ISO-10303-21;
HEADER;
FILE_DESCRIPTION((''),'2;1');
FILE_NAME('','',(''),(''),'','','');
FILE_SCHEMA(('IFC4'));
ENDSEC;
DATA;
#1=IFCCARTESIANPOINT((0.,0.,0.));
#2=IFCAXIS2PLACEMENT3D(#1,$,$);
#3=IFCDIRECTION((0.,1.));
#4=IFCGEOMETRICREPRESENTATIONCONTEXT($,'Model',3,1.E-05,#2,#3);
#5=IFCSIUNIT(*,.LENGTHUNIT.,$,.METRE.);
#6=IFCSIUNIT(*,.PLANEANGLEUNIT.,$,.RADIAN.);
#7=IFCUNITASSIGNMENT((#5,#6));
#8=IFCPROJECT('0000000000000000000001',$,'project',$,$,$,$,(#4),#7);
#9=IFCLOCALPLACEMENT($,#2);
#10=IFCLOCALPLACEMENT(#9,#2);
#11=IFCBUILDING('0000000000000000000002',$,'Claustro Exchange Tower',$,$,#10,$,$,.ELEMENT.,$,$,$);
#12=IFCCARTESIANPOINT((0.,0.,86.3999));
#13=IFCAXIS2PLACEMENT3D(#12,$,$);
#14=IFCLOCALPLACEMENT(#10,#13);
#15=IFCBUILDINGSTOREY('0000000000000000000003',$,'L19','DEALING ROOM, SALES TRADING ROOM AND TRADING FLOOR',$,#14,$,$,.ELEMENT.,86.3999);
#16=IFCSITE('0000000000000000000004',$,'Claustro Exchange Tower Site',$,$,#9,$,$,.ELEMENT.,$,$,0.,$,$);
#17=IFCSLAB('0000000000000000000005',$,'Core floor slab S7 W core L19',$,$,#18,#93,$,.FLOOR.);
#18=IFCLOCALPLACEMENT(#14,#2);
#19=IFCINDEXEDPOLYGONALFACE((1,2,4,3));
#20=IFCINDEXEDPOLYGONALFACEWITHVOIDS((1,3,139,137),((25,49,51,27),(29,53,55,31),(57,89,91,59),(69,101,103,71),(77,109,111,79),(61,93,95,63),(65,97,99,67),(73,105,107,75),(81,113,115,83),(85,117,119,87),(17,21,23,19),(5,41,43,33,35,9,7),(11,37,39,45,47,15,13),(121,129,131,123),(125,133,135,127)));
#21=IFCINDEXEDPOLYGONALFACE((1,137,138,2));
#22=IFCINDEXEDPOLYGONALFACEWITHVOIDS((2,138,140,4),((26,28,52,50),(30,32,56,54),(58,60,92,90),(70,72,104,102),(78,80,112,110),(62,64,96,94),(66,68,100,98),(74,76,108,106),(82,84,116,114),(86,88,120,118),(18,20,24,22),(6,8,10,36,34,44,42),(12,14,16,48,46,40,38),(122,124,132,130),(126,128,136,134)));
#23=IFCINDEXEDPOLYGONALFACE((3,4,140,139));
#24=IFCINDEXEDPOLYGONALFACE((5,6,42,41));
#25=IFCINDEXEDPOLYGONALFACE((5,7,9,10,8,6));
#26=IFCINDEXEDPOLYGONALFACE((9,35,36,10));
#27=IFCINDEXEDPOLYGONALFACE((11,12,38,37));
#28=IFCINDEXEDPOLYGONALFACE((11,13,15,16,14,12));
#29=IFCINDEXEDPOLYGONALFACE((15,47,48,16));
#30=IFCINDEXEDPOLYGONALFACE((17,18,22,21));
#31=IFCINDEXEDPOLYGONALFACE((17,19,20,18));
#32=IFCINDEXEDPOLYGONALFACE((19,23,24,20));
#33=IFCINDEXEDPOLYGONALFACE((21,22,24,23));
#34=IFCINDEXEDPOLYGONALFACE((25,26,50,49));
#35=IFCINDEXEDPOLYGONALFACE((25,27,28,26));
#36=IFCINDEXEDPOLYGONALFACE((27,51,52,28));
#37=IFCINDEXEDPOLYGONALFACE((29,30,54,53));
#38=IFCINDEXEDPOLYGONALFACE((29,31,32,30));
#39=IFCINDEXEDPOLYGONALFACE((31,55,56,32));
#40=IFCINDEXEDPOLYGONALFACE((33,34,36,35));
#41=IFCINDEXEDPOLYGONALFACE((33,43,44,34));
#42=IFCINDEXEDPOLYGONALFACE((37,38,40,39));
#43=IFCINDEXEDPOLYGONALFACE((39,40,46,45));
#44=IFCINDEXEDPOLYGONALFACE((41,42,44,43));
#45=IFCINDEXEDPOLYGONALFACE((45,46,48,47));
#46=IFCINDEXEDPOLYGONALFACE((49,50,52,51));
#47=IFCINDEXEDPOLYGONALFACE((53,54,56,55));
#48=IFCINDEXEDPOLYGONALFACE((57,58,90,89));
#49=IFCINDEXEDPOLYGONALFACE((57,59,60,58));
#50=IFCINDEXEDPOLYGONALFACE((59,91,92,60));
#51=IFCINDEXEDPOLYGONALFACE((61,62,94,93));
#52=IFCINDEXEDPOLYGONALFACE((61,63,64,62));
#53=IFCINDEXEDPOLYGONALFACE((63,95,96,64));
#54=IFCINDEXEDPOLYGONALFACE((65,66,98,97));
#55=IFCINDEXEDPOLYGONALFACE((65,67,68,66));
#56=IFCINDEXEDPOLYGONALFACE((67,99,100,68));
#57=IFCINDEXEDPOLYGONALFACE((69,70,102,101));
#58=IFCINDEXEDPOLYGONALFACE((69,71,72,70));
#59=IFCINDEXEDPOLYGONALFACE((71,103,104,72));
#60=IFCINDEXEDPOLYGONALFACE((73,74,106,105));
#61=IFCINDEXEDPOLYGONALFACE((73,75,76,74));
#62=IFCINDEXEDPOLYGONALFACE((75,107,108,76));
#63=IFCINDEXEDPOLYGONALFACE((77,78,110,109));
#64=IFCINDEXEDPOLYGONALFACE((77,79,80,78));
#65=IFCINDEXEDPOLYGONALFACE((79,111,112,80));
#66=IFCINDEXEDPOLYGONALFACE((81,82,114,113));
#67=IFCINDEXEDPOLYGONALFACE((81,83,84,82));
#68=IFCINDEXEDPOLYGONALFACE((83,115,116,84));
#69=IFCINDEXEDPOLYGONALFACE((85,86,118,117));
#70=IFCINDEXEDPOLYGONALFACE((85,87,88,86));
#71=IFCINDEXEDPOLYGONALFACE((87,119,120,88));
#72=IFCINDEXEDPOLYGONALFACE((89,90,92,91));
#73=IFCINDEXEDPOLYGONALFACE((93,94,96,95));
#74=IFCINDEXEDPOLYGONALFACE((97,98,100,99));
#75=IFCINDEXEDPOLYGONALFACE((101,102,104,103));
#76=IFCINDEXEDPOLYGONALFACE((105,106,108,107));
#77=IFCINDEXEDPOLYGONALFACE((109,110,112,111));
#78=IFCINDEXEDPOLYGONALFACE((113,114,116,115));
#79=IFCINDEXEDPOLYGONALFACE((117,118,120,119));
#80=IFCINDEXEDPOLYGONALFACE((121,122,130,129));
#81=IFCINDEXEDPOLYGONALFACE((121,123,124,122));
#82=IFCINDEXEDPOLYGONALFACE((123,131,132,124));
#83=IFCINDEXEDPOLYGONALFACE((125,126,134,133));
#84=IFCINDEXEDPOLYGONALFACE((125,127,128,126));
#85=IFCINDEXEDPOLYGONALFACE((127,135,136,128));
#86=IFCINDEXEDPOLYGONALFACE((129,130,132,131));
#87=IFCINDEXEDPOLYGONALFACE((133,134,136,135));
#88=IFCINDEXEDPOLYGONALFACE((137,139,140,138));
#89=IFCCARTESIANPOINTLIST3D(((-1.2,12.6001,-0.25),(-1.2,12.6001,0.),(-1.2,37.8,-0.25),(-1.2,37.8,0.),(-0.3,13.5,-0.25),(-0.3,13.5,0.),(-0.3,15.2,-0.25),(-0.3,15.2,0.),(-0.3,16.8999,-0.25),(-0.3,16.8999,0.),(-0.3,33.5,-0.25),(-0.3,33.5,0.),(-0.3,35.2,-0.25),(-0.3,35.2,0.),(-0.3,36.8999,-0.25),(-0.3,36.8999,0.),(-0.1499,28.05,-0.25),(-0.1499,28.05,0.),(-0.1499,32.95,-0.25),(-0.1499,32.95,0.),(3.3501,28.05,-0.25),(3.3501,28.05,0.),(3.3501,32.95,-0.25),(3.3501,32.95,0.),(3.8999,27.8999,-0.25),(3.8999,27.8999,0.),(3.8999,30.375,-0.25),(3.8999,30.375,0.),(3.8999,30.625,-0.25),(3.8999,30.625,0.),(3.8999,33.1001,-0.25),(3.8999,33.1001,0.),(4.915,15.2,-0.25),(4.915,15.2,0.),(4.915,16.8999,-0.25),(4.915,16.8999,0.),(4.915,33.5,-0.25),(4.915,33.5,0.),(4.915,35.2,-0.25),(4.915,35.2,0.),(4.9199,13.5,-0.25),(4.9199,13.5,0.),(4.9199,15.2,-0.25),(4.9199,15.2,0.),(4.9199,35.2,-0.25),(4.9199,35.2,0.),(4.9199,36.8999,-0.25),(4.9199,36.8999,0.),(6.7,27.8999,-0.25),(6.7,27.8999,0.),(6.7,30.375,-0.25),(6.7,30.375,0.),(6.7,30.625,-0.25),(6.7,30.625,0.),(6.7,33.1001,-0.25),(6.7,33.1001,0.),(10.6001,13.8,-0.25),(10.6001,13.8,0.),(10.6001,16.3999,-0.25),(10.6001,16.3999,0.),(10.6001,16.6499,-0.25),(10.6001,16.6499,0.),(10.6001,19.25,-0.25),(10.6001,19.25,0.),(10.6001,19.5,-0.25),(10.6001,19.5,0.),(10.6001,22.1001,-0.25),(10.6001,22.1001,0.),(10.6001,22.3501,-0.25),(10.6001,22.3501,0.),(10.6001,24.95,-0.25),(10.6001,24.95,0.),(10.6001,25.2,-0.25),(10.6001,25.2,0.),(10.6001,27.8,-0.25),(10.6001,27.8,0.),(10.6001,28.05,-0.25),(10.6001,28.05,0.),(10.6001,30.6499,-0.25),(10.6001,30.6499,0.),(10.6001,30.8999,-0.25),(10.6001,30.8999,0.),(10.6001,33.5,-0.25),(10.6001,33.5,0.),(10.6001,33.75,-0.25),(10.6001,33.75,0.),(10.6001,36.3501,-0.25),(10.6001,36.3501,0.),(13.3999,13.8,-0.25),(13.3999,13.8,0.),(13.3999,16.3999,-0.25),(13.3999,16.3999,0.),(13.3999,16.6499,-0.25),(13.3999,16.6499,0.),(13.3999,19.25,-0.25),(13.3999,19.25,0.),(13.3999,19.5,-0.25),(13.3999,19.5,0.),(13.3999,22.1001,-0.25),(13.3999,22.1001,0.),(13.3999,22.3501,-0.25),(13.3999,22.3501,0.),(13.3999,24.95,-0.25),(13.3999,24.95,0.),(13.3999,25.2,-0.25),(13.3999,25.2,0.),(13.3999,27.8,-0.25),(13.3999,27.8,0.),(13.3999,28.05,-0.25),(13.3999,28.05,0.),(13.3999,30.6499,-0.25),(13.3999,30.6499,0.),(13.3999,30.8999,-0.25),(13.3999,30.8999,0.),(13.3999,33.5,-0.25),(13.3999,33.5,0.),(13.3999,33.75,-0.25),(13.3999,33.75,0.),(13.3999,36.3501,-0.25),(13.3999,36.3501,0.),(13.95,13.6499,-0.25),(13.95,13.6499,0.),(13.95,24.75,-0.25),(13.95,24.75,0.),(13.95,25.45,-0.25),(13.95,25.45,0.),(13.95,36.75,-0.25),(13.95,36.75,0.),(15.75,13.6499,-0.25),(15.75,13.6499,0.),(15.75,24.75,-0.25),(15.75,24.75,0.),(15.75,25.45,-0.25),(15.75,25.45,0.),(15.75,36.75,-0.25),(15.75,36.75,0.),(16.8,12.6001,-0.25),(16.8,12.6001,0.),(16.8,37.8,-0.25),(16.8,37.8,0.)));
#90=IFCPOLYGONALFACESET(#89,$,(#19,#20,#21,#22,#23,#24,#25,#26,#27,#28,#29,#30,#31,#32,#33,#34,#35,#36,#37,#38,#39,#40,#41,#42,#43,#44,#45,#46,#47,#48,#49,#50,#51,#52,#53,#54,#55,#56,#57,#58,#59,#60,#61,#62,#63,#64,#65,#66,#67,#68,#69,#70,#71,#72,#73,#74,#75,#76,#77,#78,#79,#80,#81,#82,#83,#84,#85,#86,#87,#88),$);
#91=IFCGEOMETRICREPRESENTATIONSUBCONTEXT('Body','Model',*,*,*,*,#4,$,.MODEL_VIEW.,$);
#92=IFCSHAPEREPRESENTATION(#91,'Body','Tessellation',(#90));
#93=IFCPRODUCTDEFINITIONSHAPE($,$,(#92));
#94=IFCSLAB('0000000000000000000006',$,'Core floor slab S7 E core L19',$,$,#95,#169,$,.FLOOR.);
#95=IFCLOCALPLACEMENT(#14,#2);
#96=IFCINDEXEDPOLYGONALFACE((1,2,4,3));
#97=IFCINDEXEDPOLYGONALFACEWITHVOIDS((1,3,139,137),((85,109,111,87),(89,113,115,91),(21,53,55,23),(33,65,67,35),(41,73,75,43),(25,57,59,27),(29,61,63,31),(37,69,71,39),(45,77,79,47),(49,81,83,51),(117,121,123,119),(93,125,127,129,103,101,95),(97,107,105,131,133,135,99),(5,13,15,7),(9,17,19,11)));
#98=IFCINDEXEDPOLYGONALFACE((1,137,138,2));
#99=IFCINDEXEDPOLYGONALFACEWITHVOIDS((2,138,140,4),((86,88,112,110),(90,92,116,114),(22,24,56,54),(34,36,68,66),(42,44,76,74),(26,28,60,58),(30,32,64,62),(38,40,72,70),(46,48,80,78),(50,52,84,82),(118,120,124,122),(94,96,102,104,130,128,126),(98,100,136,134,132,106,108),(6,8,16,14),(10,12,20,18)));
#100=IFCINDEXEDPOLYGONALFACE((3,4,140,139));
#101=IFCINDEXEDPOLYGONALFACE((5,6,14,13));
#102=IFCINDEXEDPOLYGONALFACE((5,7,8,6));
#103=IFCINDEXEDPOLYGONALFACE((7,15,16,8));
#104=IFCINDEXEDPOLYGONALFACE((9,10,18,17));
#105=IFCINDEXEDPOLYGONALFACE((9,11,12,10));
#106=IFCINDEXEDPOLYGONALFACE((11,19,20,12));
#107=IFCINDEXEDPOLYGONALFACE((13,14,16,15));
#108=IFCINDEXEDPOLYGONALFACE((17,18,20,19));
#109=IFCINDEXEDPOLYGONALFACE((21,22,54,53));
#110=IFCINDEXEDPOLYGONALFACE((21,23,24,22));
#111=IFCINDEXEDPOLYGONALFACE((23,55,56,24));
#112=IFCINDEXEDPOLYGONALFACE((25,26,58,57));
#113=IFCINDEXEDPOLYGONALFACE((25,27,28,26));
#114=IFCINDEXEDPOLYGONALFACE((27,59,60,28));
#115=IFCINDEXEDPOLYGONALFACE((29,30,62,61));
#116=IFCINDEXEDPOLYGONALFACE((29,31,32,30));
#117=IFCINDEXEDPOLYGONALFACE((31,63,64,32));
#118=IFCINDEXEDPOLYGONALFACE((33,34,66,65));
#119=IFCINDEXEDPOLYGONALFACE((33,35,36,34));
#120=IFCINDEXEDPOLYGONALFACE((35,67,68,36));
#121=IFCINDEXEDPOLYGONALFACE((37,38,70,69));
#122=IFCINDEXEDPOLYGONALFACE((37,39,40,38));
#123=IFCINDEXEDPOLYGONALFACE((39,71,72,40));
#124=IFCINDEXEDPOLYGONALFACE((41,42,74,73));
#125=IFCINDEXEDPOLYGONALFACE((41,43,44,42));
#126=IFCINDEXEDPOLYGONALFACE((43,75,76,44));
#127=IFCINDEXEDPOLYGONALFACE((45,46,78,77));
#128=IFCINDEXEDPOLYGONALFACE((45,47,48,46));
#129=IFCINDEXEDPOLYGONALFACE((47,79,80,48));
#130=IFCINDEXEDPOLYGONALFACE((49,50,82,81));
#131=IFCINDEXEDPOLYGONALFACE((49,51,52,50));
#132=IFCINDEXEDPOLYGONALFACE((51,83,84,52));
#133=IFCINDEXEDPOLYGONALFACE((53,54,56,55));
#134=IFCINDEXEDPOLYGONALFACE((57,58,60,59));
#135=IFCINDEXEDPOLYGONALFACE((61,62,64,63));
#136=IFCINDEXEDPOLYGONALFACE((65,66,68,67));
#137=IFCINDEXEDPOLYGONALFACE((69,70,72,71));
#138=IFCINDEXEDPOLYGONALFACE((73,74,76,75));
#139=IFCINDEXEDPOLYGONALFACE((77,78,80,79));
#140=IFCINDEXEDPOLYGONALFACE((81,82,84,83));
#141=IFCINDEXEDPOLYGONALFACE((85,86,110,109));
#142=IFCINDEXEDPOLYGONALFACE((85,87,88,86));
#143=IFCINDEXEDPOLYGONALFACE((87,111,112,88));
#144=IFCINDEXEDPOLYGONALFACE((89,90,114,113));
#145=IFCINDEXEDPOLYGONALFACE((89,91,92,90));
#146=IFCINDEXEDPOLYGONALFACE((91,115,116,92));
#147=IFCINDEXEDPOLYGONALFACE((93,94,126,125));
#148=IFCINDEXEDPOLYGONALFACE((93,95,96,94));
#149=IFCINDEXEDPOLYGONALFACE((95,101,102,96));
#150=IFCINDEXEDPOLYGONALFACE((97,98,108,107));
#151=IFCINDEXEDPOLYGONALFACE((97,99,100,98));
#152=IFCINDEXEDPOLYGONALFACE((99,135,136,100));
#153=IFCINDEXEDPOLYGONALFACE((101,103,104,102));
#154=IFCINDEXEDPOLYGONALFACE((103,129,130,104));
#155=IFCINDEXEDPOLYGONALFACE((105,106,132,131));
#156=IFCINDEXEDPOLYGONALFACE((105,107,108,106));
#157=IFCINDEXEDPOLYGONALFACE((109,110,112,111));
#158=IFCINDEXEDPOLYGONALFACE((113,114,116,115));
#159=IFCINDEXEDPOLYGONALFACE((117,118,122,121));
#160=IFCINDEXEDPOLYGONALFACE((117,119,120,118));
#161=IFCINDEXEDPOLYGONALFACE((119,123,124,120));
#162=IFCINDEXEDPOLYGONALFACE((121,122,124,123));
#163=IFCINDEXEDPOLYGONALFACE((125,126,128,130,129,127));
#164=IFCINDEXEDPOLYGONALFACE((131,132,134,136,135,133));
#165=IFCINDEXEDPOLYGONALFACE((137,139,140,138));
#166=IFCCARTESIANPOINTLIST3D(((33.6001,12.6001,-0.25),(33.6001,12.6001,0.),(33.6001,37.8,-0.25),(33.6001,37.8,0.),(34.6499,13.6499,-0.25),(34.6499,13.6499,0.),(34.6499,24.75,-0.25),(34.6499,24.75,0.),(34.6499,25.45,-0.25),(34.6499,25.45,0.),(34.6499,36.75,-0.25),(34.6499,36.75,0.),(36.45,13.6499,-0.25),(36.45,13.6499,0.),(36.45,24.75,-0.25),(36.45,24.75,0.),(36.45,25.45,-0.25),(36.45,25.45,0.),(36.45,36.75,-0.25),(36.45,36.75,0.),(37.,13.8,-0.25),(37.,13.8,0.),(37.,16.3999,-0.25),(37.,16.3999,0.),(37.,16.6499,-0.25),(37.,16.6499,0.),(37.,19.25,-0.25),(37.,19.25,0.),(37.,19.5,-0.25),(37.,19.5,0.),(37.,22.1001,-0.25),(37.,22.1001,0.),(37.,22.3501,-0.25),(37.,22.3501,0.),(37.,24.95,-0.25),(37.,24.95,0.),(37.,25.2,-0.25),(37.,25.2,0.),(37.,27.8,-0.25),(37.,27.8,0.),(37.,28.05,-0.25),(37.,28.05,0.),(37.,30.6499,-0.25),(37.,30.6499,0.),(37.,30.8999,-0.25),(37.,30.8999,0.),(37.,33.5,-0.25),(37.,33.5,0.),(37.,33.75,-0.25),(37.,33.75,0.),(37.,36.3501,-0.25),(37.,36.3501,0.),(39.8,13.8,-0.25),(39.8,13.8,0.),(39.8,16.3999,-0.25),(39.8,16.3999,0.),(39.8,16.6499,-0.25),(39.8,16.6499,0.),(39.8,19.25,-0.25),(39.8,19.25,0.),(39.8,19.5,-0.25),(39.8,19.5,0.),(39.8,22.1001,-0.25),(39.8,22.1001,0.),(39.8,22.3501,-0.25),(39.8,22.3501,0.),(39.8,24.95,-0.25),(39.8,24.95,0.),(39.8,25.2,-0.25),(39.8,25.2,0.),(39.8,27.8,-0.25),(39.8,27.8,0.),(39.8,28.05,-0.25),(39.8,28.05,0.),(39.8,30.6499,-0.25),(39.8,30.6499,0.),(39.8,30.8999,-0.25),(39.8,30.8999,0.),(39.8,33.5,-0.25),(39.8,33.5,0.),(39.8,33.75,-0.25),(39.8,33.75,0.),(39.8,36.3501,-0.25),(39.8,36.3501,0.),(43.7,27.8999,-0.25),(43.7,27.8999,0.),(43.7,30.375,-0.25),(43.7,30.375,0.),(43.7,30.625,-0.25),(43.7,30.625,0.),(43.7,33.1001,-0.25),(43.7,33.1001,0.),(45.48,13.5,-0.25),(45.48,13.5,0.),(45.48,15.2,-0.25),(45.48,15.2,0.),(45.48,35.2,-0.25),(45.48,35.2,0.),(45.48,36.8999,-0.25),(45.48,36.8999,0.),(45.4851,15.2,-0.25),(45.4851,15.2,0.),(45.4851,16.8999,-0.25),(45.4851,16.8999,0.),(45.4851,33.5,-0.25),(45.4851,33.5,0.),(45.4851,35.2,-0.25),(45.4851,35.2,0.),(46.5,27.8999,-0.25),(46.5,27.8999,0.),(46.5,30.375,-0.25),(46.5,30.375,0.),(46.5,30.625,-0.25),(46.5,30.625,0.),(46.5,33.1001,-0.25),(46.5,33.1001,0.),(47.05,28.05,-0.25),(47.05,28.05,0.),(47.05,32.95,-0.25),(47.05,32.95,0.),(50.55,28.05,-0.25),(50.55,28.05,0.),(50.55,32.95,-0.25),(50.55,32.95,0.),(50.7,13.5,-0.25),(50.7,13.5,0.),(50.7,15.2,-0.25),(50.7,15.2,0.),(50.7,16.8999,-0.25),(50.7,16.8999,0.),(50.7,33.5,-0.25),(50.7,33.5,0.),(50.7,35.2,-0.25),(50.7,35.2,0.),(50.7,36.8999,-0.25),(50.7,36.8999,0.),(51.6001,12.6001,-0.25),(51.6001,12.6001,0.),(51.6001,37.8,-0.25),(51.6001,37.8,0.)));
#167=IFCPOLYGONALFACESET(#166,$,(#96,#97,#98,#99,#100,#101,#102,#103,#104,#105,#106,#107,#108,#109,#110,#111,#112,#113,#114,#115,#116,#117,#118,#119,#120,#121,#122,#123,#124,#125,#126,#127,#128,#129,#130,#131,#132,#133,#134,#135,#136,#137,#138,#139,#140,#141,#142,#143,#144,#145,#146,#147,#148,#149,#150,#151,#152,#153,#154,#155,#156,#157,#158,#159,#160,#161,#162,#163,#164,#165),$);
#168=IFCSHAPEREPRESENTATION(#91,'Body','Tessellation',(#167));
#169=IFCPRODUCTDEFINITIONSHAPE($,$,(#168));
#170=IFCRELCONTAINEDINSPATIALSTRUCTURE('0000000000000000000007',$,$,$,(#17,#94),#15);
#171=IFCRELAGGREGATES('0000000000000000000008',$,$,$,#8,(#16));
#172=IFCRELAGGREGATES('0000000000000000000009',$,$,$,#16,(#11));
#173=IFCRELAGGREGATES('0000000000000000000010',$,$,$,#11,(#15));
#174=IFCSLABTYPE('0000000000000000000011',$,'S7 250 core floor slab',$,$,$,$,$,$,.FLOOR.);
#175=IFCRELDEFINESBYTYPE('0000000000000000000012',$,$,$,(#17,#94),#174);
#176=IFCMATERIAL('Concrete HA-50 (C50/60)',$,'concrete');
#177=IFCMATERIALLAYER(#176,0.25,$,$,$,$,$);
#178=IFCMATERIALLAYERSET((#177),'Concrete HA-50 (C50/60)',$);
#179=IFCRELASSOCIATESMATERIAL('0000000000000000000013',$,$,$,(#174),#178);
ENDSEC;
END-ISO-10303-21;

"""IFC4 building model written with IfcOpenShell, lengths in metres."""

from ifc_helpers import new_model, si_unit, direction, frame, origin, place, context, subcontext, project, spatial, polyline, outline, extrude, material, layer, layer_set, type_object, element, save


model = new_model("IFC4")

# Units and contexts
model_context = context("Model", 3, precision=1e-05, world=origin(), true_north=direction((0.0, 1.0)))
body_context = subcontext(model_context, "Body", "Model", "MODEL_VIEW")
ifc_project = project(units=[si_unit("LENGTHUNIT", "METRE"), si_unit("PLANEANGLEUNIT", "RADIAN")], contexts=[model_context])

# Site, building, storey
site_placement = place(None, origin())
site = spatial("IfcSite", under=ifc_project, at=site_placement, Name="Claustro Exchange Tower Site", CompositionType="ELEMENT", RefElevation=0.0)
building_placement = place(site_placement, origin())
building = spatial("IfcBuilding", under=site, at=building_placement, Name="Claustro Exchange Tower", CompositionType="ELEMENT")
storey_placement = place(building_placement, frame((0.0, 0.0, 86.3999)))
storey = spatial("IfcBuildingStorey", under=building, at=storey_placement, Name="L19", Description="DEALING ROOM, SALES TRADING ROOM AND TRADING FLOOR", CompositionType="ELEMENT", Elevation=86.3999)

# Slabs
ifc_material_1 = material(Name="Concrete HA-50 (C50/60)", Category="concrete")
ifc_layer_1 = layer(ifc_material_1, 0.25)
ifc_layer_set_1 = layer_set([ifc_layer_1], Name="Concrete HA-50 (C50/60)")
slab_type_1 = type_object("IfcSlabType", Name="S7 250 core floor slab", PredefinedType="FLOOR", material=ifc_layer_set_1)
slab_1_placement = place(storey_placement, frame((0.0, 0.0, -0.25)))
element("IfcSlab", 1, at=slab_1_placement, inside=storey, type_object=slab_type_1, Name="Core floor slab S7 W core L19", PredefinedType="FLOOR", context=body_context, shape_type="SweptSolid", body=[
    extrude(outline(polyline([(-1.2, 12.6001), (16.8, 12.6001), (16.8, 37.8), (-1.2, 37.8), (-1.2, 12.6001)]), holes=[polyline([(15.75, 24.75), (15.75, 13.6499), (13.95, 13.6499), (13.95, 24.75), (15.75, 24.75)]), polyline([(15.75, 36.75), (15.75, 25.45), (13.95, 25.45), (13.95, 36.75), (15.75, 36.75)]), polyline([(10.6001, 16.3999), (13.3999, 16.3999), (13.3999, 13.8), (10.6001, 13.8), (10.6001, 16.3999)]), polyline([(13.3999, 19.25), (13.3999, 16.6499), (10.6001, 16.6499), (10.6001, 19.25), (13.3999, 19.25)]), polyline([(13.3999, 22.1001), (13.3999, 19.5), (10.6001, 19.5), (10.6001, 22.1001), (13.3999, 22.1001)]), polyline([(13.3999, 24.95), (13.3999, 22.3501), (10.6001, 22.3501), (10.6001, 24.95), (13.3999, 24.95)]), polyline([(13.3999, 27.8), (13.3999, 25.2), (10.6001, 25.2), (10.6001, 27.8), (13.3999, 27.8)]), polyline([(13.3999, 30.6499), (13.3999, 28.05), (10.6001, 28.05), (10.6001, 30.6499), (13.3999, 30.6499)]), polyline([(13.3999, 33.5), (13.3999, 30.8999), (10.6001, 30.8999), (10.6001, 33.5), (13.3999, 33.5)]), polyline([(13.3999, 36.3501), (13.3999, 33.75), (10.6001, 33.75), (10.6001, 36.3501), (13.3999, 36.3501)]), polyline([(6.7, 30.375), (6.7, 27.8999), (3.8999, 27.8999), (3.8999, 30.375), (6.7, 30.375)]), polyline([(6.7, 33.1001), (6.7, 30.625), (3.8999, 30.625), (3.8999, 33.1001), (6.7, 33.1001)]), polyline([(-0.3, 15.2), (-0.3, 16.8999), (4.915, 16.8999), (4.915, 15.2), (4.9199, 15.2), (4.9199, 13.5), (-0.3, 13.5), (-0.3, 15.2)]), polyline([(-0.3, 36.8999), (4.9199, 36.8999), (4.9199, 35.2), (4.915, 35.2), (4.915, 33.5), (-0.3, 33.5), (-0.3, 35.2), (-0.3, 36.8999)]), polyline([(3.3501, 32.95), (3.3501, 28.05), (-0.1499, 28.05), (-0.1499, 32.95), (3.3501, 32.95)])]), origin(), (0.0, 0.0, 1.0), 0.25),
])
slab_2_placement = place(storey_placement, frame((0.0, 0.0, -0.25)))
element("IfcSlab", 2, at=slab_2_placement, inside=storey, type_object=slab_type_1, Name="Core floor slab S7 E core L19", PredefinedType="FLOOR", context=body_context, shape_type="SweptSolid", body=[
    extrude(outline(polyline([(33.6001, 12.6001), (51.6001, 12.6001), (51.6001, 37.8), (33.6001, 37.8), (33.6001, 12.6001)]), holes=[polyline([(45.48, 35.2), (45.48, 36.8999), (50.7, 36.8999), (50.7, 35.2), (50.7, 33.5), (45.4851, 33.5), (45.4851, 35.2), (45.48, 35.2)]), polyline([(45.4851, 15.2), (45.4851, 16.8999), (50.7, 16.8999), (50.7, 15.2), (50.7, 13.5), (45.48, 13.5), (45.48, 15.2), (45.4851, 15.2)]), polyline([(50.55, 32.95), (50.55, 28.05), (47.05, 28.05), (47.05, 32.95), (50.55, 32.95)]), polyline([(46.5, 30.375), (46.5, 27.8999), (43.7, 27.8999), (43.7, 30.375), (46.5, 30.375)]), polyline([(46.5, 33.1001), (46.5, 30.625), (43.7, 30.625), (43.7, 33.1001), (46.5, 33.1001)]), polyline([(37.0, 16.3999), (39.8, 16.3999), (39.8, 13.8), (37.0, 13.8), (37.0, 16.3999)]), polyline([(39.8, 19.25), (39.8, 16.6499), (37.0, 16.6499), (37.0, 19.25), (39.8, 19.25)]), polyline([(39.8, 22.1001), (39.8, 19.5), (37.0, 19.5), (37.0, 22.1001), (39.8, 22.1001)]), polyline([(39.8, 24.95), (39.8, 22.3501), (37.0, 22.3501), (37.0, 24.95), (39.8, 24.95)]), polyline([(39.8, 27.8), (39.8, 25.2), (37.0, 25.2), (37.0, 27.8), (39.8, 27.8)]), polyline([(39.8, 30.6499), (39.8, 28.05), (37.0, 28.05), (37.0, 30.6499), (39.8, 30.6499)]), polyline([(39.8, 33.5), (39.8, 30.8999), (37.0, 30.8999), (37.0, 33.5), (39.8, 33.5)]), polyline([(39.8, 36.3501), (39.8, 33.75), (37.0, 33.75), (37.0, 36.3501), (39.8, 36.3501)]), polyline([(36.45, 24.75), (36.45, 13.6499), (34.6499, 13.6499), (34.6499, 24.75), (36.45, 24.75)]), polyline([(36.45, 36.75), (36.45, 25.45), (34.6499, 25.45), (34.6499, 36.75), (36.45, 36.75)])]), origin(), (0.0, 0.0, 1.0), 0.25),
])

save(model, "model.ifc")
